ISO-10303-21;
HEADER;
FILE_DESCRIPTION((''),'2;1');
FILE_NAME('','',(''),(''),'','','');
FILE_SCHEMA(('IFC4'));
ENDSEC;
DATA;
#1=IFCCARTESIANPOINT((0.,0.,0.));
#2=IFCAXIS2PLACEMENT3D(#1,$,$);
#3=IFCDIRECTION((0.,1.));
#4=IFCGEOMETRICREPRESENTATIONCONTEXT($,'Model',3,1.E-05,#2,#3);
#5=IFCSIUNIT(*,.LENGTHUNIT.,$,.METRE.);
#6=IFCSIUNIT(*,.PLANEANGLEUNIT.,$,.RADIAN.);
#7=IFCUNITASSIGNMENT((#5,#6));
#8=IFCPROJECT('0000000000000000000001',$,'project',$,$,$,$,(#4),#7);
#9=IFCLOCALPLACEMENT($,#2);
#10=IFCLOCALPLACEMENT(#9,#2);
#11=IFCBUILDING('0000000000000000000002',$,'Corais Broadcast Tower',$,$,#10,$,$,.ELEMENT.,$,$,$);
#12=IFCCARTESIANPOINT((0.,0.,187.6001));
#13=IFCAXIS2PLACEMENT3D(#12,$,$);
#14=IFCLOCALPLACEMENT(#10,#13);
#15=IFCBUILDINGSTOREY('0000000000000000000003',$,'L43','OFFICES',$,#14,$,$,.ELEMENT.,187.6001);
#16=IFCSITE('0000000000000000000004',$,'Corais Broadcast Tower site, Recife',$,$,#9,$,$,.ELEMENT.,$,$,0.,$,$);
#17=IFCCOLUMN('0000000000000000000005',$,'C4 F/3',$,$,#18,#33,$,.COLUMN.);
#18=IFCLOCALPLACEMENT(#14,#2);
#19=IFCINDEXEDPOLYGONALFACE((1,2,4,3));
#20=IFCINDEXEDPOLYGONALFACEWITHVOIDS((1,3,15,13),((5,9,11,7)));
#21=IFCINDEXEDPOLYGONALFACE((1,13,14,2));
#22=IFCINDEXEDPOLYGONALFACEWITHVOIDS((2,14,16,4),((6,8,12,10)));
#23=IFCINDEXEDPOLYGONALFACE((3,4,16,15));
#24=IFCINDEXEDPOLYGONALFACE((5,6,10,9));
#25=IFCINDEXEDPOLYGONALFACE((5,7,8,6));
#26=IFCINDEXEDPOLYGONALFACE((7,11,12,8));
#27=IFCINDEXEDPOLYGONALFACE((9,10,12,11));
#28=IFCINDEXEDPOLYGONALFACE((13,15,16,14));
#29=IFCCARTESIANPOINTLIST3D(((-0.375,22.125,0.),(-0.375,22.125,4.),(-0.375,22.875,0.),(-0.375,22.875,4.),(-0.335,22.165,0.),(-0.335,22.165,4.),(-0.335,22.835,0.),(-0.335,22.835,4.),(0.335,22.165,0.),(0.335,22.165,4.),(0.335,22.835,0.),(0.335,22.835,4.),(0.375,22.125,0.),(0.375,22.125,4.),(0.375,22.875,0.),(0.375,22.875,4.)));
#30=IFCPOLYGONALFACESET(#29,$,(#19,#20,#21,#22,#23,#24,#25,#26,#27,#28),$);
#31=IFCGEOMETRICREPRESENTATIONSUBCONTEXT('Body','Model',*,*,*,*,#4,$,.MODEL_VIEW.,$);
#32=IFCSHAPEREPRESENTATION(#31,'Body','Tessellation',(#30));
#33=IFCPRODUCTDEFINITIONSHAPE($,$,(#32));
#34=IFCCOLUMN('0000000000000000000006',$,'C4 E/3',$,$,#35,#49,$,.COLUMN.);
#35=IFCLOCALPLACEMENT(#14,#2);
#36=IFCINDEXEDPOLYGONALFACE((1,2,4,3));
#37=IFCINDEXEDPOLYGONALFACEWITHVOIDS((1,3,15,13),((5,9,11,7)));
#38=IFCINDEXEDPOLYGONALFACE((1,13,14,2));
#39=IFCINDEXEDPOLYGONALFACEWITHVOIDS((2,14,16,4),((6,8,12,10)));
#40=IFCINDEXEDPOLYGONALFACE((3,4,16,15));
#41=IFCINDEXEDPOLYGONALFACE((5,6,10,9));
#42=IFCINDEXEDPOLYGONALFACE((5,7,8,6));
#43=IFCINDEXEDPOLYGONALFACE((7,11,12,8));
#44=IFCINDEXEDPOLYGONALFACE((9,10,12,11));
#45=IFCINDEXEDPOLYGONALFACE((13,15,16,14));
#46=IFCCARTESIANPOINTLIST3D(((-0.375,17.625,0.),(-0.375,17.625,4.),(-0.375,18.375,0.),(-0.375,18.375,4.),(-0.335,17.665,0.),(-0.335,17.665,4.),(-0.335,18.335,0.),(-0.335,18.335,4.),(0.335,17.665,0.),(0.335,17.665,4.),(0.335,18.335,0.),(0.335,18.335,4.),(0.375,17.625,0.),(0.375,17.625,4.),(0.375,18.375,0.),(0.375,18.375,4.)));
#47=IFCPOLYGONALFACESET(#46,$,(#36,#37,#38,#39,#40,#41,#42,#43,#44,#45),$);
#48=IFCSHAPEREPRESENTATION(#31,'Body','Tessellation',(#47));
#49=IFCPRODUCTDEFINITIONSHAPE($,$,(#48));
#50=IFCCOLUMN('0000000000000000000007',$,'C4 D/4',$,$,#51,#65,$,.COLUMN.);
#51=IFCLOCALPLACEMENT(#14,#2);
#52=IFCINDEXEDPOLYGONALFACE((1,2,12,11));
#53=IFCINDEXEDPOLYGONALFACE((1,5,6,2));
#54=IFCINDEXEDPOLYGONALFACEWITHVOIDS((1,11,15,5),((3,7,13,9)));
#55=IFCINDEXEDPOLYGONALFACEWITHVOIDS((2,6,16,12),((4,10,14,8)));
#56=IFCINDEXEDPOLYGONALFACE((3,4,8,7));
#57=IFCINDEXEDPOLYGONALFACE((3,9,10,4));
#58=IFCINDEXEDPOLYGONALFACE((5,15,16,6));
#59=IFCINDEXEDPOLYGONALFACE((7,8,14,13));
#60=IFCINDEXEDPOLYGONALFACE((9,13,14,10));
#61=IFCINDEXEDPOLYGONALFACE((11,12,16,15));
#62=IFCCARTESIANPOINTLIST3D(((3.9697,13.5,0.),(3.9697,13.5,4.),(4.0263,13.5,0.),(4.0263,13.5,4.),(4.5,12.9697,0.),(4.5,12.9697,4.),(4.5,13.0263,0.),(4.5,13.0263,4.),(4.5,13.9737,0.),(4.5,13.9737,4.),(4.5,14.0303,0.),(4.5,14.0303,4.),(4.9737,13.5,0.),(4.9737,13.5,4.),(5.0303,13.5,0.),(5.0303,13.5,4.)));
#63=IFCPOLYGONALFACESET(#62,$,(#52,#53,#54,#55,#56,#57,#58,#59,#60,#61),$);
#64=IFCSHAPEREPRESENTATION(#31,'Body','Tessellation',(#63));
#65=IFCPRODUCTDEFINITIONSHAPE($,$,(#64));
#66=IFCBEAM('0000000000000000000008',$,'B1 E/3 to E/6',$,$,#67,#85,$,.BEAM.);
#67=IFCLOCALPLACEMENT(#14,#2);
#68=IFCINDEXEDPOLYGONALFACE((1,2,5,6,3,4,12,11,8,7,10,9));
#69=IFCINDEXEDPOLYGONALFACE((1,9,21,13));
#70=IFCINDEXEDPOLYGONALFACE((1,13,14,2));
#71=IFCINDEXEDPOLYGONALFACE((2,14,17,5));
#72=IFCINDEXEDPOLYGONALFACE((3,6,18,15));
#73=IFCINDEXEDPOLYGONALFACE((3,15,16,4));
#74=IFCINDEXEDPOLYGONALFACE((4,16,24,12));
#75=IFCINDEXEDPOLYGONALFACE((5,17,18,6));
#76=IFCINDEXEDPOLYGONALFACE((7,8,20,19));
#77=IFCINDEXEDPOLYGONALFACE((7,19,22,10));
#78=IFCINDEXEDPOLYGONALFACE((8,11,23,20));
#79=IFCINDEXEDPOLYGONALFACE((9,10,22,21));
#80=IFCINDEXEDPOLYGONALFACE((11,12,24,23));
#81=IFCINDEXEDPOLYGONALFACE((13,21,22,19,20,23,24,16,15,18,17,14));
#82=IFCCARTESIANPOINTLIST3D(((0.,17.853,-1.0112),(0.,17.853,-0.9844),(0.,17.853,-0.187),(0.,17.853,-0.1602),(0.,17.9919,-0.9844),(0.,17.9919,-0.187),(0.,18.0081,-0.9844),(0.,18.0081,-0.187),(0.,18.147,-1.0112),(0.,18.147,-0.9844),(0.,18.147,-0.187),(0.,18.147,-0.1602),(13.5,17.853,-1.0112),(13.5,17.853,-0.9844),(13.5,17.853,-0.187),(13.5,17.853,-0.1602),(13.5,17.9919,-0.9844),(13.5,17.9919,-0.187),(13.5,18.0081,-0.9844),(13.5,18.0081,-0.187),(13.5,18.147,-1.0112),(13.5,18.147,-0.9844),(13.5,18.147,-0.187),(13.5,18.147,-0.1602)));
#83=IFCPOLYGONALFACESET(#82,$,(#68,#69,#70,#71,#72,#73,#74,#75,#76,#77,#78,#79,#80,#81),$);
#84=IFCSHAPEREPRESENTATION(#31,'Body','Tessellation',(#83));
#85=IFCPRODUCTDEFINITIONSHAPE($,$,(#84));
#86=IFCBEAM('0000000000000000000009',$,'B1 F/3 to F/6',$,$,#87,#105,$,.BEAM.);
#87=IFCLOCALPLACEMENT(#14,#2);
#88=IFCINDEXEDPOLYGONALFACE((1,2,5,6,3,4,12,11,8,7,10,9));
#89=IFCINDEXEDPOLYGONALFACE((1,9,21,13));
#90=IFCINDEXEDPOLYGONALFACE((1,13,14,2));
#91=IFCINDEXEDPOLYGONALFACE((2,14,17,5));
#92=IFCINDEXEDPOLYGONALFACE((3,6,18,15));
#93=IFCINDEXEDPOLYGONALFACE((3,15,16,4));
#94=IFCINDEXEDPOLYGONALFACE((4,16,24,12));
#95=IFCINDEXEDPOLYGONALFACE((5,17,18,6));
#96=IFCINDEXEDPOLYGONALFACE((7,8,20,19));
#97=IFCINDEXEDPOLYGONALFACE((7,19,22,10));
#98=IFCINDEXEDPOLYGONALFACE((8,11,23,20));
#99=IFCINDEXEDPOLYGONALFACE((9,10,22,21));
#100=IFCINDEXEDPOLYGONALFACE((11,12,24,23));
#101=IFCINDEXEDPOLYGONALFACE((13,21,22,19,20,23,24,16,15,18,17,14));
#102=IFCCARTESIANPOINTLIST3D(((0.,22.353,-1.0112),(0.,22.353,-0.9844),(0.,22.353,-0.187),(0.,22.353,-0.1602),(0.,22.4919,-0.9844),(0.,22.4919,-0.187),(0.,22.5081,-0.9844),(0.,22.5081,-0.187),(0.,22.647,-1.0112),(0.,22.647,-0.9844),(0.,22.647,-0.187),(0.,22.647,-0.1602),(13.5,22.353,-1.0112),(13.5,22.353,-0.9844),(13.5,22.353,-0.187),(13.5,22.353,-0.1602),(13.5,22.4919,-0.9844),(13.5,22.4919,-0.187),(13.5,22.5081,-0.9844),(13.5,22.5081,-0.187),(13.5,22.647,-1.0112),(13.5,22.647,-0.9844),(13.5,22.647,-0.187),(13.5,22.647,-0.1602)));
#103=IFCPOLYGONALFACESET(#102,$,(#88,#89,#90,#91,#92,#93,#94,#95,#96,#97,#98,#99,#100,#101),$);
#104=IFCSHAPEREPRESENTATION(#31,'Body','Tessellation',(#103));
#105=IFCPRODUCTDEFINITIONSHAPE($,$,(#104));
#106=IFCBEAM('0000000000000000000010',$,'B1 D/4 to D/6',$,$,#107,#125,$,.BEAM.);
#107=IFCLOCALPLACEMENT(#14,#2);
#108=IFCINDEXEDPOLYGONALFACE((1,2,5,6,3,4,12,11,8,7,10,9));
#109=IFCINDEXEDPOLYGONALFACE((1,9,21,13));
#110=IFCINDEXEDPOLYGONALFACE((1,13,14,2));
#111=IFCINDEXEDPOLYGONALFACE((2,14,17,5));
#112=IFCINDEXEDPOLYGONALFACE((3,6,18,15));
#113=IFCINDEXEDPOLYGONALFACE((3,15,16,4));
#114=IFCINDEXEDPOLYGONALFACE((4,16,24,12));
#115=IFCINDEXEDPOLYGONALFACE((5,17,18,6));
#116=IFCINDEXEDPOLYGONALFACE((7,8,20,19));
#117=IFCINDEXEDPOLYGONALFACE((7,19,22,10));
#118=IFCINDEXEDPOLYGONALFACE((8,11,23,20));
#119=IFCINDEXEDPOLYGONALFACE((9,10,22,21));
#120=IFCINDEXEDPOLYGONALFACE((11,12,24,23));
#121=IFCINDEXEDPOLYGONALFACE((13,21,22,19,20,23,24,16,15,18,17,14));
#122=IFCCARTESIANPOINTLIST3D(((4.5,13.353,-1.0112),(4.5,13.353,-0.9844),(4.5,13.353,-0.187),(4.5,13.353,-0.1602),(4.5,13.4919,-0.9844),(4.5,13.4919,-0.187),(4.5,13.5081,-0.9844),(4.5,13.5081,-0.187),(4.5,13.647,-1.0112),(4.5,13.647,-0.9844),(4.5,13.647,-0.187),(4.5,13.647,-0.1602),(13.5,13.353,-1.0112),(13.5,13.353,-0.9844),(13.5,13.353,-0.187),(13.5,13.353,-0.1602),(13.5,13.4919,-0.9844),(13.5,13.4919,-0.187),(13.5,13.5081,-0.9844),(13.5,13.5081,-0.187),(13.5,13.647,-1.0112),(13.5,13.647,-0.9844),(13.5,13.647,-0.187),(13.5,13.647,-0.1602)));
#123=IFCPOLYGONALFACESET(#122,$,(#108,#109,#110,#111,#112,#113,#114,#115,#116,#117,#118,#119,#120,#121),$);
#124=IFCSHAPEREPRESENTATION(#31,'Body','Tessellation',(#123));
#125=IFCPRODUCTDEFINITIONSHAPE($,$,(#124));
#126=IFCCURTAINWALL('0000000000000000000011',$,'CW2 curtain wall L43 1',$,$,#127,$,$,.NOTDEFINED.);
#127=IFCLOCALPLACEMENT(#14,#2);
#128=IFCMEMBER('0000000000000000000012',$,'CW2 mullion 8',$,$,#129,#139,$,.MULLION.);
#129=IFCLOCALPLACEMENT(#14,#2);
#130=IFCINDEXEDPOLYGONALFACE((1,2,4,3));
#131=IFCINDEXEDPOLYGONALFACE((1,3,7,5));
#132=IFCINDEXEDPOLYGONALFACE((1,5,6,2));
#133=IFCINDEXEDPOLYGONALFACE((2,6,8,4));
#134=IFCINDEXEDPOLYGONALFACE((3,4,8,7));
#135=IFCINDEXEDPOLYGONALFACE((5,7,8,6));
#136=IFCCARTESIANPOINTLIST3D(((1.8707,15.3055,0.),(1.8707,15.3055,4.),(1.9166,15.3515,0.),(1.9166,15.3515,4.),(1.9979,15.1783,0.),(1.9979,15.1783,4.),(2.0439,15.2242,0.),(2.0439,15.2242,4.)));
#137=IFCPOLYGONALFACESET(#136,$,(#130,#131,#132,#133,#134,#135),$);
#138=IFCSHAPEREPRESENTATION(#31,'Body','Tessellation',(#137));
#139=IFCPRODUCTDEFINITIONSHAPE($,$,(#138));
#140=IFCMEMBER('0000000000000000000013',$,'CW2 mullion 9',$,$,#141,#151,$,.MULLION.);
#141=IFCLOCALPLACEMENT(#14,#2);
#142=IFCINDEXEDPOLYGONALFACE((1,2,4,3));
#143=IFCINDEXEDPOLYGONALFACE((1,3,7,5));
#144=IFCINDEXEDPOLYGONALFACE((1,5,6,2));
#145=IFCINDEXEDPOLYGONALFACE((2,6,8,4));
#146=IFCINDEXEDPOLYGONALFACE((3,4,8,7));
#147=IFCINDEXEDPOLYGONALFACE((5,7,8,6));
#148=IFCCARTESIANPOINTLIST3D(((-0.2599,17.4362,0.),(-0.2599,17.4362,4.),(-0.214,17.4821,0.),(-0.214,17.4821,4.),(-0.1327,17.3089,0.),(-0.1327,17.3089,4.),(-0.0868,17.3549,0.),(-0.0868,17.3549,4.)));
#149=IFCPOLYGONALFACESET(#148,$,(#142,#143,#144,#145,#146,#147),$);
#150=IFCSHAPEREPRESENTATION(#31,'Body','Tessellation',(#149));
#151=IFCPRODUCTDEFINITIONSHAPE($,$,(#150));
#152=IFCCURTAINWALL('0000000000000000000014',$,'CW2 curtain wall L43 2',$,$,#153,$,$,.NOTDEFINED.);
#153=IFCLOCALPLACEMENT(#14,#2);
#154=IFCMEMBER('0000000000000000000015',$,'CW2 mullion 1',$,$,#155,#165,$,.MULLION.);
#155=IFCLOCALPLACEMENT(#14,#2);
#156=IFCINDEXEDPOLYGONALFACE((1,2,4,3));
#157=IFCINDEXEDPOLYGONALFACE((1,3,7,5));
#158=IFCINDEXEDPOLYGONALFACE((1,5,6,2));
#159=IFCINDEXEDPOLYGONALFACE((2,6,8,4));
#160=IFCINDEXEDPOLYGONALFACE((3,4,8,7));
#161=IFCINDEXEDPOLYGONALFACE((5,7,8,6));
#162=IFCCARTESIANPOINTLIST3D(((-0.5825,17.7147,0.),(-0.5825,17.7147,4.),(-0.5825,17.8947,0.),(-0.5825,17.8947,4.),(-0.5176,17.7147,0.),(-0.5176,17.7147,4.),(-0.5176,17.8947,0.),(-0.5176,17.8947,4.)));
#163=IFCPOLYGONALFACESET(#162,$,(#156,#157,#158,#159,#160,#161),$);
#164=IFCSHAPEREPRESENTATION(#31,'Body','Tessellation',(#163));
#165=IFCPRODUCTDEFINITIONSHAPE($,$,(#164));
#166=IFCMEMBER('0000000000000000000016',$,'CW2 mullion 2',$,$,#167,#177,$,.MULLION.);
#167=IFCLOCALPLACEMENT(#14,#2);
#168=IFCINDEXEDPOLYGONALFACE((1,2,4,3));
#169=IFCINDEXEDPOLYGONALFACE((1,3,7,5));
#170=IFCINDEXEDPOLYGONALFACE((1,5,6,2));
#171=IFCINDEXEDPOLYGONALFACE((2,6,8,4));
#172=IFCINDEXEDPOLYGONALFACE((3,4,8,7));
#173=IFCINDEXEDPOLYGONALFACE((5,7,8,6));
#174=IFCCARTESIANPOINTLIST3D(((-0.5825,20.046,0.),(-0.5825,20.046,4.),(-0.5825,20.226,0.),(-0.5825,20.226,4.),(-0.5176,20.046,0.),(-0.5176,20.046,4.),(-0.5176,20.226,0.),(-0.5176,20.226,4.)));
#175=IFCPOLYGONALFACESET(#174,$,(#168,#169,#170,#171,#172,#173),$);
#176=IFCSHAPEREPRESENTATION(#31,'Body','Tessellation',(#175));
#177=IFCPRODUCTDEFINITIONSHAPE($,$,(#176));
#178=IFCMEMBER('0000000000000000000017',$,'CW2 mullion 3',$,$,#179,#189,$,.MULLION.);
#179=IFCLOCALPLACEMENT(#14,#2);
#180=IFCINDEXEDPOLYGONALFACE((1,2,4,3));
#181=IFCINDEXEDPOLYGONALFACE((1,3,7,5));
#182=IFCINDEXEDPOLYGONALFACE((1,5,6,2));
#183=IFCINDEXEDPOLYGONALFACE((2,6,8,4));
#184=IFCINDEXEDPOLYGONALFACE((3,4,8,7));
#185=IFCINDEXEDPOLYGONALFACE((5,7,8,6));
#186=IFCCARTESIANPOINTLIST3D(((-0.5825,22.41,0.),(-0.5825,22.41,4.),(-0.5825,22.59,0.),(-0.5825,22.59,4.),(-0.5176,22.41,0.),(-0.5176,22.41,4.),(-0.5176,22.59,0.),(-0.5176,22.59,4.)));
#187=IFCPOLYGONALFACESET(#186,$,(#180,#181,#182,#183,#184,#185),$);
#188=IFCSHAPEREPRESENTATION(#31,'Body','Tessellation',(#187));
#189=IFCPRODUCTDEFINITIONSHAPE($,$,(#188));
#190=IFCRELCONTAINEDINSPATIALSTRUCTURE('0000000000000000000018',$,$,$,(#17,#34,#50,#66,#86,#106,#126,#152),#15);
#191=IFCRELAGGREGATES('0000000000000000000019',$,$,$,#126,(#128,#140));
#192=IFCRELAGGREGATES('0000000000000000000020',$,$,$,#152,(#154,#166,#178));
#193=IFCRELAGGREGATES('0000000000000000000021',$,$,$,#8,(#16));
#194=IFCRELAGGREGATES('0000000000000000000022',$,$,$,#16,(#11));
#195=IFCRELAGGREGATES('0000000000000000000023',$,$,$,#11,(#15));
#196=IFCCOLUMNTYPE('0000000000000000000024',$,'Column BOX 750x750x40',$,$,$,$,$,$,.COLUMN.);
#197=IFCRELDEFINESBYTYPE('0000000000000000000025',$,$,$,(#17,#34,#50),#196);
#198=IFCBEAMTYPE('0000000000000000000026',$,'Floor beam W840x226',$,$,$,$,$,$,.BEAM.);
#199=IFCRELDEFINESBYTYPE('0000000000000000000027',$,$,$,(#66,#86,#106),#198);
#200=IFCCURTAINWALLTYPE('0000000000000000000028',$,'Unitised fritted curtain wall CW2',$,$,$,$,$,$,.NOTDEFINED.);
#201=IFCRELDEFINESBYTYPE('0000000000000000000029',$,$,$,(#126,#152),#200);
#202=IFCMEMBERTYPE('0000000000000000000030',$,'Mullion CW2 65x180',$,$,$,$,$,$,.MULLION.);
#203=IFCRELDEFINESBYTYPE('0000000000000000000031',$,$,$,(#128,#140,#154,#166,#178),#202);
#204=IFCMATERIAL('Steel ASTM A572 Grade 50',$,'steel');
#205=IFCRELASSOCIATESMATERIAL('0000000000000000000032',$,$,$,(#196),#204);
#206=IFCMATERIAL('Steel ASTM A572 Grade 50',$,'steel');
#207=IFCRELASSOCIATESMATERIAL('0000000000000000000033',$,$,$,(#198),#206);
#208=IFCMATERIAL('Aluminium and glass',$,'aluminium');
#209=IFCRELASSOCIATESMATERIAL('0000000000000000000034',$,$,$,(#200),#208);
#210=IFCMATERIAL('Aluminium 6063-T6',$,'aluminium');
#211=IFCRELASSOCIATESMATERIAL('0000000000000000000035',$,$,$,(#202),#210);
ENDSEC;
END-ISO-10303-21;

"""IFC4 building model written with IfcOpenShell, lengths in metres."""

from ifc_helpers import new_model, si_unit, direction, frame, origin, origin_2d, place, context, subcontext, project, spatial, rectangle, hollow_rectangle, i_section, extrude, material, material_profile, profile_set, type_object, element, aggregate, save


model = new_model("IFC4")

# Units and contexts
model_context = context("Model", 3, precision=1e-05, world=origin(), true_north=direction((0.0, 1.0)))
body_context = subcontext(model_context, "Body", "Model", "MODEL_VIEW")
ifc_project = project(units=[si_unit("LENGTHUNIT", "METRE"), si_unit("PLANEANGLEUNIT", "RADIAN")], contexts=[model_context])

# Site, building, storey
site_placement = place(None, origin())
site = spatial("IfcSite", under=ifc_project, at=site_placement, Name="Corais Broadcast Tower site, Recife", CompositionType="ELEMENT", RefElevation=0.0)
building_placement = place(site_placement, origin())
building = spatial("IfcBuilding", under=site, at=building_placement, Name="Corais Broadcast Tower", CompositionType="ELEMENT")
storey_placement = place(building_placement, frame((0.0, 0.0, 187.6001)))
storey = spatial("IfcBuildingStorey", under=building, at=storey_placement, Name="L43", Description="OFFICES", CompositionType="ELEMENT", Elevation=187.6001)

# Columns
ifc_material_1 = material(Name="Steel ASTM A572 Grade 50", Category="steel")
ifc_material_profile_1 = material_profile(ifc_material_1, hollow_rectangle(XDim=0.75, YDim=0.75, WallThickness=0.04, at=origin_2d()), Name="BOX 750x750x40")
ifc_profile_set_1 = profile_set([ifc_material_profile_1], Name="Steel ASTM A572 Grade 50")
column_type = type_object("IfcColumnType", Name="Column BOX 750x750x40", PredefinedType="COLUMN", material=ifc_profile_set_1)
for number, where, z_axis, x_axis, name in (
    (1, (0.0, 22.5, 0.0), (0.0, 0.0, 1.0), (1.0, 0.0, 0.0), "C4 F/3"),
    (2, (0.0, 18.0, 0.0), (0.0, 0.0, 1.0), (1.0, 0.0, 0.0), "C4 E/3"),
    (3, (4.5, 13.5, 0.0), (0.0, 0.0, 1.0), (0.707107, 0.707107, 0.0), "C4 D/4"),
):
    element("IfcColumn", number, at=place(storey_placement, frame(where, z_axis=z_axis, x_axis=x_axis)), inside=storey, type_object=column_type, Name=name, PredefinedType="COLUMN", context=body_context, shape_type="SweptSolid", body=[
        extrude(hollow_rectangle(XDim=0.75, YDim=0.75, WallThickness=0.04, at=origin_2d()), origin(), (0.0, 0.0, 1.0), 4.0),
    ])

# Beams
ifc_material_2 = material(Name="Steel ASTM A572 Grade 50", Category="steel")
ifc_material_profile_2 = material_profile(ifc_material_2, i_section(OverallWidth=0.2939, OverallDepth=0.8511, WebThickness=0.0161, FlangeThickness=0.0269, at=origin_2d()), Name="W840x226")
ifc_profile_set_2 = profile_set([ifc_material_profile_2], Name="Steel ASTM A572 Grade 50")
beam_type_1 = type_object("IfcBeamType", Name="Floor beam W840x226", PredefinedType="BEAM", material=ifc_profile_set_2)
for number, where, z_axis, x_axis, name in (
    (4, (0.0, 18.0, -0.5857), (1.0, 0.0, 0.0), (0.0, 1.0, 0.0), "B1 E/3 to E/6"),
    (5, (0.0, 22.5, -0.5857), (1.0, 0.0, 0.0), (0.0, 1.0, 0.0), "B1 F/3 to F/6"),
):
    element("IfcBeam", number, at=place(storey_placement, frame(where, z_axis=z_axis, x_axis=x_axis)), inside=storey, type_object=beam_type_1, Name=name, PredefinedType="BEAM", context=body_context, shape_type="SweptSolid", body=[
        extrude(i_section(OverallWidth=0.2939, OverallDepth=0.8511, WebThickness=0.0161, FlangeThickness=0.0269, at=origin_2d()), origin(), (0.0, 0.0, 1.0), 13.5),
    ])
beam_1_placement = place(storey_placement, frame((4.5, 13.5, -0.5857), z_axis=(1.0, 0.0, 0.0), x_axis=(0.0, 1.0, 0.0)))
element("IfcBeam", 6, at=beam_1_placement, inside=storey, type_object=beam_type_1, Name="B1 D/4 to D/6", PredefinedType="BEAM", context=body_context, shape_type="SweptSolid", body=[
    extrude(i_section(OverallWidth=0.2939, OverallDepth=0.8511, WebThickness=0.0161, FlangeThickness=0.0269, at=origin_2d()), origin(), (0.0, 0.0, 1.0), 9.0),
])

# Curtain walls, members
ifc_material_3 = material(Name="Aluminium and glass", Category="aluminium")
curtain_wall_type = type_object("IfcCurtainWallType", Name="Unitised fritted curtain wall CW2", PredefinedType="NOTDEFINED", material=ifc_material_3)
curtain_wall_1_placement = place(storey_placement, origin())
curtain_wall_1 = element("IfcCurtainWall", 7, at=curtain_wall_1_placement, inside=storey, type_object=curtain_wall_type, Name="CW2 curtain wall L43 1", PredefinedType="NOTDEFINED")
ifc_material_4 = material(Name="Aluminium 6063-T6", Category="aluminium")
ifc_material_profile_3 = material_profile(ifc_material_4, rectangle(XDim=0.0649, YDim=0.1799, at=origin_2d()), Name="Mullion CW2 65x180")
ifc_profile_set_3 = profile_set([ifc_material_profile_3], Name="Aluminium 6063-T6")
member_type_1 = type_object("IfcMemberType", Name="Mullion CW2 65x180", PredefinedType="MULLION", material=ifc_profile_set_3)
member_1_placement = place(storey_placement, frame((1.9573, 15.2649, 0.0), z_axis=(0.0, 0.0, 1.0), x_axis=(-0.707107, -0.707107, 0.0)))
member_1 = element("IfcMember", 8, at=member_1_placement, type_object=member_type_1, Name="CW2 mullion 8", PredefinedType="MULLION", context=body_context, shape_type="SweptSolid", body=[
    extrude(rectangle(XDim=0.0649, YDim=0.1799, at=origin_2d()), origin(), (0.0, 0.0, 1.0), 4.0),
])
member_2_placement = place(storey_placement, frame((-0.1733, 17.3955, 0.0), z_axis=(0.0, 0.0, 1.0), x_axis=(-0.707107, -0.707107, 0.0)))
member_2 = element("IfcMember", 9, at=member_2_placement, type_object=member_type_1, Name="CW2 mullion 9", PredefinedType="MULLION", context=body_context, shape_type="SweptSolid", body=[
    extrude(rectangle(XDim=0.0649, YDim=0.1799, at=origin_2d()), origin(), (0.0, 0.0, 1.0), 4.0),
])
curtain_wall_2_placement = place(storey_placement, origin())
curtain_wall_2 = element("IfcCurtainWall", 10, at=curtain_wall_2_placement, inside=storey, type_object=curtain_wall_type, Name="CW2 curtain wall L43 2", PredefinedType="NOTDEFINED")
member_3_placement = place(storey_placement, frame((-0.55, 17.8047, 0.0), z_axis=(0.0, 0.0, 1.0), x_axis=(-1.0, 0.0, 0.0)))
member_3 = element("IfcMember", 11, at=member_3_placement, type_object=member_type_1, Name="CW2 mullion 1", PredefinedType="MULLION", context=body_context, shape_type="SweptSolid", body=[
    extrude(rectangle(XDim=0.0649, YDim=0.1799, at=origin_2d()), origin(), (0.0, 0.0, 1.0), 4.0),
])
member_4_placement = place(storey_placement, frame((-0.55, 20.136, 0.0), z_axis=(0.0, 0.0, 1.0), x_axis=(-1.0, 0.0, 0.0)))
member_4 = element("IfcMember", 12, at=member_4_placement, type_object=member_type_1, Name="CW2 mullion 2", PredefinedType="MULLION", context=body_context, shape_type="SweptSolid", body=[
    extrude(rectangle(XDim=0.0649, YDim=0.1799, at=origin_2d()), origin(), (0.0, 0.0, 1.0), 4.0),
])
member_5_placement = place(storey_placement, frame((-0.55, 22.5, 0.0), z_axis=(0.0, 0.0, 1.0), x_axis=(-1.0, 0.0, 0.0)))
member_5 = element("IfcMember", 13, at=member_5_placement, type_object=member_type_1, Name="CW2 mullion 3", PredefinedType="MULLION", context=body_context, shape_type="SweptSolid", body=[
    extrude(rectangle(XDim=0.0649, YDim=0.1799, at=origin_2d()), origin(), (0.0, 0.0, 1.0), 4.0),
])

aggregate(curtain_wall_1, [member_1, member_2])
aggregate(curtain_wall_2, [member_3, member_4, member_5])

save(model, "model.ifc")
